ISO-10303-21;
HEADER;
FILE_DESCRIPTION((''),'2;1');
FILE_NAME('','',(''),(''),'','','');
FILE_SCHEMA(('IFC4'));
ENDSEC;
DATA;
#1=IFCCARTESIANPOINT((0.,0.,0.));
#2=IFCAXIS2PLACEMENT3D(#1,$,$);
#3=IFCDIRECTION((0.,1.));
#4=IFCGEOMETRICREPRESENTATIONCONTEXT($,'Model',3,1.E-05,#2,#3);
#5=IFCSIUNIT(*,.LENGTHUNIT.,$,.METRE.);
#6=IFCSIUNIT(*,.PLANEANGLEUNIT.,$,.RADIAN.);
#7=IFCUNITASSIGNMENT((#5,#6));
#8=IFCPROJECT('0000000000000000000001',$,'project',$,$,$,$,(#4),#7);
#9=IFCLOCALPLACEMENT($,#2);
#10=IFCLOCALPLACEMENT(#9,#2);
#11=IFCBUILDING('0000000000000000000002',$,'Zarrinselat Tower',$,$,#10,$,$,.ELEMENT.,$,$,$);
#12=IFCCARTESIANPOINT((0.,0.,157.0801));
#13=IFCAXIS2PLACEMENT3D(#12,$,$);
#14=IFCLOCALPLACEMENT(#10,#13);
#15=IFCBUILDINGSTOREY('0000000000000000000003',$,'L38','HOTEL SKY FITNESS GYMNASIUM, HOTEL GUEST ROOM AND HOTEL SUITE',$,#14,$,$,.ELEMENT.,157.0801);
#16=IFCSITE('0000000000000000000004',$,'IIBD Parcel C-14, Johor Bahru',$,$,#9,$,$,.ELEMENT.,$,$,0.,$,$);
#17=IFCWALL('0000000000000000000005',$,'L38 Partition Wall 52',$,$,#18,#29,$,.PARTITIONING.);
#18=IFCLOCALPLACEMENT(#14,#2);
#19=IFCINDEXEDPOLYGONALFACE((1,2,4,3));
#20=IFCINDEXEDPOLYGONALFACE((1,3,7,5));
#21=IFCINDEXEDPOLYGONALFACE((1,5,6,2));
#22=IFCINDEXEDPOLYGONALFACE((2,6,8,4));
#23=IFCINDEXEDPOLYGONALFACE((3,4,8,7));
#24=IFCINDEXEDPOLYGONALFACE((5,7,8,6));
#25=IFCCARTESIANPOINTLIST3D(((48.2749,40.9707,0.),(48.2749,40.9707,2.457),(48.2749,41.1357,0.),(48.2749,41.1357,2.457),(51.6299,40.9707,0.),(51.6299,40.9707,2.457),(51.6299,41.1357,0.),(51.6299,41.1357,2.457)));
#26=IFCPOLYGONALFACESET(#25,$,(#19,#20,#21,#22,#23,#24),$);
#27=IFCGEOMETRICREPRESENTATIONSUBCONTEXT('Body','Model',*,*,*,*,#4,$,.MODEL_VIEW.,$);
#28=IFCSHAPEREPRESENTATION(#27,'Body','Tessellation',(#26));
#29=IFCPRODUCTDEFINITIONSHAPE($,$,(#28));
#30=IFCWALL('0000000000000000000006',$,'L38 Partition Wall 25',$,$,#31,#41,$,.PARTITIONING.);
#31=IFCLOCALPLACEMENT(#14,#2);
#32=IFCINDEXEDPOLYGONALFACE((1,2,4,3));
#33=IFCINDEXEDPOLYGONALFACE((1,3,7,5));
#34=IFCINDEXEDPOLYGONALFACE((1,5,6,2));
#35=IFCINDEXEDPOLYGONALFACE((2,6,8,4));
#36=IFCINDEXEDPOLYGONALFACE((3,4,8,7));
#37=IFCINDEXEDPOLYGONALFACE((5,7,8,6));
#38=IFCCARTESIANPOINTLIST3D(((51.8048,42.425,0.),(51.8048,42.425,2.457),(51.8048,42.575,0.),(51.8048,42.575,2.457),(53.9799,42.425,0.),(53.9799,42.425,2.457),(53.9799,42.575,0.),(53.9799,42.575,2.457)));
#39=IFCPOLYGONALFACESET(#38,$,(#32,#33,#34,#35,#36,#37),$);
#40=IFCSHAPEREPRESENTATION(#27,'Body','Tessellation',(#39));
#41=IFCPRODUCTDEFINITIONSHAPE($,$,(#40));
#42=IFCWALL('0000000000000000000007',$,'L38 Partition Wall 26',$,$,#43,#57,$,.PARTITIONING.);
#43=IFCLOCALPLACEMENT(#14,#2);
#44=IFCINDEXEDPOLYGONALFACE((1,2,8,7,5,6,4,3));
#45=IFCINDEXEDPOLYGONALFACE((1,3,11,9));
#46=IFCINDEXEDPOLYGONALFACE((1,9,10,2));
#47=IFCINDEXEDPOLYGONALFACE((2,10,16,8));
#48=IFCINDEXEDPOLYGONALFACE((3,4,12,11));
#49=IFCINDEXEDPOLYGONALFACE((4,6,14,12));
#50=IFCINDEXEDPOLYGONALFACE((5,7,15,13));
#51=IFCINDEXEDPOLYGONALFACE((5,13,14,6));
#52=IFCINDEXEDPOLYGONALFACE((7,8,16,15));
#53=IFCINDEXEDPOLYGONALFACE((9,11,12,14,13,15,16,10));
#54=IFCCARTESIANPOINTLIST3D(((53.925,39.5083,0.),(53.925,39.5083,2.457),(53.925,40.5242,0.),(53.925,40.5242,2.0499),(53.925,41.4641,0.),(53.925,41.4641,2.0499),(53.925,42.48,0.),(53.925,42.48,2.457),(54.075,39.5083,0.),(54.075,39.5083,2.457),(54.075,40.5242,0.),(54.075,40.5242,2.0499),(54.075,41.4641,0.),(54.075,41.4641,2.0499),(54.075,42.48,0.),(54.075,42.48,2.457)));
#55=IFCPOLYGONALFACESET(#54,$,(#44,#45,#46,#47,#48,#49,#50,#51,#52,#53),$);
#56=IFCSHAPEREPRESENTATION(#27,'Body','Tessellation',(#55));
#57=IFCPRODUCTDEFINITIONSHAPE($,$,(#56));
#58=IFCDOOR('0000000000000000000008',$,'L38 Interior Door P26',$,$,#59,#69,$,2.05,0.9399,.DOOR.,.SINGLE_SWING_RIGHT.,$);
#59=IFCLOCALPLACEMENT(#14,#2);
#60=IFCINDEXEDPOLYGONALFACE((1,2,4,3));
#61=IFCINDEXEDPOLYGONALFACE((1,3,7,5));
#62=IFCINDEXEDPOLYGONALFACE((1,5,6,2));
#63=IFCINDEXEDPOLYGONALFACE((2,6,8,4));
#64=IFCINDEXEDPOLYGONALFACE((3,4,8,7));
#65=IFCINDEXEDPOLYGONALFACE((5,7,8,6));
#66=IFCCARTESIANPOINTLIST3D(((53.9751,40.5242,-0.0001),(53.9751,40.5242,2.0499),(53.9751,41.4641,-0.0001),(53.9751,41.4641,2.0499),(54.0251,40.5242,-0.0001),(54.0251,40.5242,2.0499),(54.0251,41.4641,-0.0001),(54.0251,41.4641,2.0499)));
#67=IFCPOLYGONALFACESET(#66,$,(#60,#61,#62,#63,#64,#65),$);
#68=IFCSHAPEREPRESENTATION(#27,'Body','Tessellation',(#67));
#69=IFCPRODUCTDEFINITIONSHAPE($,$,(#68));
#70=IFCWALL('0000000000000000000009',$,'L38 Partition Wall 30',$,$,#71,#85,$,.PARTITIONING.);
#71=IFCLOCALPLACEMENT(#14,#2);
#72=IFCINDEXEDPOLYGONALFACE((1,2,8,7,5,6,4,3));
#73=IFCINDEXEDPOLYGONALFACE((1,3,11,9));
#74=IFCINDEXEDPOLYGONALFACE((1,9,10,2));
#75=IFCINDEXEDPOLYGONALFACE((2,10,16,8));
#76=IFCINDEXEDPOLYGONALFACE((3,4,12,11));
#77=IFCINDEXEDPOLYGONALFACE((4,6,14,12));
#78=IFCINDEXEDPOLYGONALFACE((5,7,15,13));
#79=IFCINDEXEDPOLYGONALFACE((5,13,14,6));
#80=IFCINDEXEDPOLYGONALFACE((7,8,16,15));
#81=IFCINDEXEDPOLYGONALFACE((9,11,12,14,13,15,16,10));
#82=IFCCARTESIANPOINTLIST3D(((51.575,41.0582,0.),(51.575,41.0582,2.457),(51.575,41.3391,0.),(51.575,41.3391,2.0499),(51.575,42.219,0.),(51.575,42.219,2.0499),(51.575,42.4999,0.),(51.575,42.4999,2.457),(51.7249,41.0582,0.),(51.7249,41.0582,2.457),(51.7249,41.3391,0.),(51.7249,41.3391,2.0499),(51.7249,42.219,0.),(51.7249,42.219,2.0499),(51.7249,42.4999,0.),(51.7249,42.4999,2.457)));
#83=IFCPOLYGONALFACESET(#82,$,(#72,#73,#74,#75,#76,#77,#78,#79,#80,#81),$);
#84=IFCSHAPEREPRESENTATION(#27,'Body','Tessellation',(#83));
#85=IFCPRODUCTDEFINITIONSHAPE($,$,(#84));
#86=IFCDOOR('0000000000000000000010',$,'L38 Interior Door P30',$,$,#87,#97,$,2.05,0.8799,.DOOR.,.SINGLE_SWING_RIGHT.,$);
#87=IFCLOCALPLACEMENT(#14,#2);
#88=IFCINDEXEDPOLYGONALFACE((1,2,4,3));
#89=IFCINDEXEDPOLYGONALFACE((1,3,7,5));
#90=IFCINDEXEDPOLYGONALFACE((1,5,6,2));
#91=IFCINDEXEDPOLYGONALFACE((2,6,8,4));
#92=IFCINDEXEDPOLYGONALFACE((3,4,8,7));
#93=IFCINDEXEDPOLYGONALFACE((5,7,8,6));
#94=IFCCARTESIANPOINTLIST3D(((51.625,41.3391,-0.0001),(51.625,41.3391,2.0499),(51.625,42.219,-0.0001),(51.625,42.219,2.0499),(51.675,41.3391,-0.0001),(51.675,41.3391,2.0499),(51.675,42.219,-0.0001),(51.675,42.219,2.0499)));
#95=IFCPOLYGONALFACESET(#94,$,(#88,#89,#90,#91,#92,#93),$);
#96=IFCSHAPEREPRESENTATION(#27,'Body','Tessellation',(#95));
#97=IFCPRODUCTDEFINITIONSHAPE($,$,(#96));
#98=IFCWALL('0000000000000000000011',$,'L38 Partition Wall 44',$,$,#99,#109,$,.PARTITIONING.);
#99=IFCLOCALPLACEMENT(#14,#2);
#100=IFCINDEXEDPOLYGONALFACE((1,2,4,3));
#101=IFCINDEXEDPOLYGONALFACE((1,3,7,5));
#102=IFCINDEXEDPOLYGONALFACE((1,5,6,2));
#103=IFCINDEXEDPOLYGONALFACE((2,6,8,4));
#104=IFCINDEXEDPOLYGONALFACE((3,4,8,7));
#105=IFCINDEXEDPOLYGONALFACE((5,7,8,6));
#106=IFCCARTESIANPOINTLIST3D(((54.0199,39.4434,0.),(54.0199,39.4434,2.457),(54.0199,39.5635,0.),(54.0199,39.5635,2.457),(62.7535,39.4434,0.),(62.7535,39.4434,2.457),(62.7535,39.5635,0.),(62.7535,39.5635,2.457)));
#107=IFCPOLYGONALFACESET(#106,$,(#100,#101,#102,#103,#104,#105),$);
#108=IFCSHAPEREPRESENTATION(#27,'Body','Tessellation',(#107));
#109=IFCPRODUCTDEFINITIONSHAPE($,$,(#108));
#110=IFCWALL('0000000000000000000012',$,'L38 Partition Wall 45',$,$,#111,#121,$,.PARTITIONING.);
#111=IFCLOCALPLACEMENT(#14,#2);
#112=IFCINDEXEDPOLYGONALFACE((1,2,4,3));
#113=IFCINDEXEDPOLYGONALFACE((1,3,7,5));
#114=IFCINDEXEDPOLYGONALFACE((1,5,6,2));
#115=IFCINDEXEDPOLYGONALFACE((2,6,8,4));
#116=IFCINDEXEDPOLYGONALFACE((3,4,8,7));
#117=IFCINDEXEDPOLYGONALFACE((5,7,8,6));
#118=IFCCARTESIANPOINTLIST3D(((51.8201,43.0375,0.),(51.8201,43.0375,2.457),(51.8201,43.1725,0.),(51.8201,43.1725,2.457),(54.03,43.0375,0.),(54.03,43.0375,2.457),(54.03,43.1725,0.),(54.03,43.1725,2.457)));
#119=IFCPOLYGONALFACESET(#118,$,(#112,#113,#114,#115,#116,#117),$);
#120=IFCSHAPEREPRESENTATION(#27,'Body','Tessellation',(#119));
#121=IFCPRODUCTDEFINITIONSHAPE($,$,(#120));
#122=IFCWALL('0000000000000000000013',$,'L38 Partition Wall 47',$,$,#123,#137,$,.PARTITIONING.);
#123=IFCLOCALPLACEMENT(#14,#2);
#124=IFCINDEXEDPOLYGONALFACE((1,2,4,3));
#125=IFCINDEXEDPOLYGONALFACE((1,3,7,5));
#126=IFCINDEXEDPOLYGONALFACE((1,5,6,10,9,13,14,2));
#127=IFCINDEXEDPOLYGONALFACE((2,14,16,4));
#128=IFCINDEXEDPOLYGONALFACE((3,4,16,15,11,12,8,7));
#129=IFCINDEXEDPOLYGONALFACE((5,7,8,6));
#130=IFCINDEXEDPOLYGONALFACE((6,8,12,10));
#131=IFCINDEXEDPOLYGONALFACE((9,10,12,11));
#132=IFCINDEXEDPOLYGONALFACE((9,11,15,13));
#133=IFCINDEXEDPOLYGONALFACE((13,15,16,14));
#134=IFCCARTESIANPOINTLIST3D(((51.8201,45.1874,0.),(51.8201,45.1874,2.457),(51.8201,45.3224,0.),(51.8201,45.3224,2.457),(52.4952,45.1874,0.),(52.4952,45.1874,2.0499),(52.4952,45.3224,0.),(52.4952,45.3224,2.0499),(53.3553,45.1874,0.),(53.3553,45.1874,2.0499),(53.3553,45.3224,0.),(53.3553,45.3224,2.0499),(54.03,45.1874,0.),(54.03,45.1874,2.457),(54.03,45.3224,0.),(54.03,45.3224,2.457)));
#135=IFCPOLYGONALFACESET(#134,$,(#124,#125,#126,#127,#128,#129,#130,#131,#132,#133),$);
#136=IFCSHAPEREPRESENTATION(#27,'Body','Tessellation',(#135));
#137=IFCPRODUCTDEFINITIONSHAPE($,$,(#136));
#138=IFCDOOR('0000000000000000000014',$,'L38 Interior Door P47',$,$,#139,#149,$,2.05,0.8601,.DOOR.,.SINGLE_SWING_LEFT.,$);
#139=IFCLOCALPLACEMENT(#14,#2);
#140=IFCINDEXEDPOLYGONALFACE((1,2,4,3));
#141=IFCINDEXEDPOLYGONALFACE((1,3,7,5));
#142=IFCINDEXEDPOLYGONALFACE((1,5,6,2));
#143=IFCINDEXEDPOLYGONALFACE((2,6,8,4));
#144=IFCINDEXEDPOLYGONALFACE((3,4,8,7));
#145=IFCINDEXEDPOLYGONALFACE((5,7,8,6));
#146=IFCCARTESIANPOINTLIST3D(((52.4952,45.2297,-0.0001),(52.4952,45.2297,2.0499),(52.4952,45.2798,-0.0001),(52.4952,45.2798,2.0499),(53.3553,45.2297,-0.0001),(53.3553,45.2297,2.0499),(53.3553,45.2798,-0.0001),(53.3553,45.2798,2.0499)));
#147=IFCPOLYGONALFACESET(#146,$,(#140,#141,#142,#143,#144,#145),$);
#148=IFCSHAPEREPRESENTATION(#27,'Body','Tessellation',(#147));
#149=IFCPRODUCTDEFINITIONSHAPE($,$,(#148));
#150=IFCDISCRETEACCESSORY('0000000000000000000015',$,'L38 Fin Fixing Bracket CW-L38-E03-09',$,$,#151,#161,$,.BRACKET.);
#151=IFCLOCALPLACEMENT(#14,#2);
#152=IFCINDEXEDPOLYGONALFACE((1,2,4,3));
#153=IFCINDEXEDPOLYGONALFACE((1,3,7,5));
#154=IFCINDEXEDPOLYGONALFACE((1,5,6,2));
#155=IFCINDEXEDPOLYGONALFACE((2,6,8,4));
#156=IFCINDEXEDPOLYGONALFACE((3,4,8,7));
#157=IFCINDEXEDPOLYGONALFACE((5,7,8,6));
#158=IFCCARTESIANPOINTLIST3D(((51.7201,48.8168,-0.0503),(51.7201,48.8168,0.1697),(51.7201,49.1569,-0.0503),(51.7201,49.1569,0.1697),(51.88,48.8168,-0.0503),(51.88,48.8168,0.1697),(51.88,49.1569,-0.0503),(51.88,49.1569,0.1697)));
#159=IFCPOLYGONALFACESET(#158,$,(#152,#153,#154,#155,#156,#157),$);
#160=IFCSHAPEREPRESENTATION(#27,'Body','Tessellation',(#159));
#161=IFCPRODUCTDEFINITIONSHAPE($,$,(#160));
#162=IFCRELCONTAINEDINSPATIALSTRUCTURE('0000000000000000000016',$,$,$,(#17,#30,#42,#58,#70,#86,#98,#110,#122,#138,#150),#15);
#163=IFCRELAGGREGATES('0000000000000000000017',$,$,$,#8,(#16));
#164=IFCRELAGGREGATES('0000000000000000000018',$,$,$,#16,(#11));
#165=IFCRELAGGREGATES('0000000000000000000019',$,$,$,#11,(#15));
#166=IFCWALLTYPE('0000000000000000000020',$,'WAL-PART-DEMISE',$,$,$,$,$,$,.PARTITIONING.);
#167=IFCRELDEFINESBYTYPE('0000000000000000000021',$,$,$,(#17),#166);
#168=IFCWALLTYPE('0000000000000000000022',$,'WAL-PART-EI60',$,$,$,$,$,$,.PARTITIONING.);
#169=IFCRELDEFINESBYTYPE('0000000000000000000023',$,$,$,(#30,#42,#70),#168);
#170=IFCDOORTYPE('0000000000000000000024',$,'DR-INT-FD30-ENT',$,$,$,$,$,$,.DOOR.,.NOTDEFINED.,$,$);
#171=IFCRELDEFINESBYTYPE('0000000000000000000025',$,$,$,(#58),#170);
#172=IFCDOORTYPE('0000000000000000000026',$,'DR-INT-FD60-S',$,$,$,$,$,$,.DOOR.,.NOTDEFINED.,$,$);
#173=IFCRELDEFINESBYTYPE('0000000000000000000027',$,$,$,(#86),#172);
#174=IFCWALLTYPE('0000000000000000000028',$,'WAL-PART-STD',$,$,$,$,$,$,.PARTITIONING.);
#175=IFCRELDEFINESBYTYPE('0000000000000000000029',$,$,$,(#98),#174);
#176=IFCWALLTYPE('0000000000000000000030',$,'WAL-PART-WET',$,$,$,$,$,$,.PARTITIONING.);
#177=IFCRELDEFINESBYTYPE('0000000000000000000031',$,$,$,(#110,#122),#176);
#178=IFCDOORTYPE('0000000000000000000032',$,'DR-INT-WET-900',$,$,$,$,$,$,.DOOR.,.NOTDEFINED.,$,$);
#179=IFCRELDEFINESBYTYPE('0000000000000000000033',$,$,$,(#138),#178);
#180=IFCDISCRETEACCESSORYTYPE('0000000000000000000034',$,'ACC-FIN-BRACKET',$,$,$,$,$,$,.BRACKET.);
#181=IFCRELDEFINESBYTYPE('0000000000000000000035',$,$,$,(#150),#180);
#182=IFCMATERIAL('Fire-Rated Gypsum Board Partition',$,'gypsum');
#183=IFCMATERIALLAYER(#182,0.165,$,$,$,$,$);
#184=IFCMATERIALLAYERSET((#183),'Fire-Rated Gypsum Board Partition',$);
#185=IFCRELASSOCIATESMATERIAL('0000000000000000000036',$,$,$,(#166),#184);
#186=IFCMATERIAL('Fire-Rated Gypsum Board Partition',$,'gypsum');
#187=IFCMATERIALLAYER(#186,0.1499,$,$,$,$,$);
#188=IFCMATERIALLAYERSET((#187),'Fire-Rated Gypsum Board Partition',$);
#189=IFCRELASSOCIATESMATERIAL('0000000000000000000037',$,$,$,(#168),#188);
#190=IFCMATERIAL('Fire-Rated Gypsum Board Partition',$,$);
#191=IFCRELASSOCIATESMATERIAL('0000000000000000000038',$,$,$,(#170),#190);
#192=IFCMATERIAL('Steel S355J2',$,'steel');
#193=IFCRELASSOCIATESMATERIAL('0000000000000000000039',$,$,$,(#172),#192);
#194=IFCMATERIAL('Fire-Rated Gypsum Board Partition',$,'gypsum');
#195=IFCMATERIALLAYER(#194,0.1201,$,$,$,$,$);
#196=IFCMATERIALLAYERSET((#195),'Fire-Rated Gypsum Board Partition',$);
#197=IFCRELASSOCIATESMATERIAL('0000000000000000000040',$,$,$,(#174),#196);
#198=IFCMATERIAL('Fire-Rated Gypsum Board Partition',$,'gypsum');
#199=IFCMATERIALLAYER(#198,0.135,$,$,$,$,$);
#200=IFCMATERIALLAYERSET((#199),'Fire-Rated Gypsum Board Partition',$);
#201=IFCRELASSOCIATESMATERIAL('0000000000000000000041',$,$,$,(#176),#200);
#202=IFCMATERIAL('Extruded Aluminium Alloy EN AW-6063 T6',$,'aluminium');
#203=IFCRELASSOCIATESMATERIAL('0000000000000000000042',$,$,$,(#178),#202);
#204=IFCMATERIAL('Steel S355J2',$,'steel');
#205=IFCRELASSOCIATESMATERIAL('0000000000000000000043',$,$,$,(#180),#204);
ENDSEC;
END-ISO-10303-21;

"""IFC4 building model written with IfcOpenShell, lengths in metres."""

from ifc_helpers import new_model, si_unit, direction, frame, frame_2d, origin, origin_2d, place, context, subcontext, project, spatial, rectangle, extrude, material, layer, layer_set, type_object, element, fill, save


model = new_model("IFC4")

# Units and contexts
model_context = context("Model", 3, precision=1e-05, world=origin(), true_north=direction((0.0, 1.0)))
body_context = subcontext(model_context, "Body", "Model", "MODEL_VIEW")
ifc_project = project(units=[si_unit("LENGTHUNIT", "METRE"), si_unit("PLANEANGLEUNIT", "RADIAN")], contexts=[model_context])

# Site, building, storey
site_placement = place(None, origin())
site = spatial("IfcSite", under=ifc_project, at=site_placement, Name="IIBD Parcel C-14, Johor Bahru", CompositionType="ELEMENT", RefElevation=0.0)
building_placement = place(site_placement, origin())
building = spatial("IfcBuilding", under=site, at=building_placement, Name="Zarrinselat Tower", CompositionType="ELEMENT")
storey_placement = place(building_placement, frame((0.0, 0.0, 157.0801)))
storey = spatial("IfcBuildingStorey", under=building, at=storey_placement, Name="L38", Description="HOTEL SKY FITNESS GYMNASIUM, HOTEL GUEST ROOM AND HOTEL SUITE", CompositionType="ELEMENT", Elevation=157.0801)

# Walls
ifc_material_1 = material(Name="Fire-Rated Gypsum Board Partition", Category="gypsum")
ifc_layer_1 = layer(ifc_material_1, 0.165)
ifc_layer_set_1 = layer_set([ifc_layer_1], Name="Fire-Rated Gypsum Board Partition")
wall_type_1 = type_object("IfcWallType", Name="WAL-PART-DEMISE", PredefinedType="PARTITIONING", material=ifc_layer_set_1)
wall_1_placement = place(storey_placement, frame((48.2749, 41.0532, 0.0), z_axis=(0.0, 0.0, 1.0), x_axis=(1.0, 0.0, 0.0)))
element("IfcWall", 1, at=wall_1_placement, inside=storey, type_object=wall_type_1, Name="L38 Partition Wall 52", PredefinedType="PARTITIONING", context=body_context, shape_type="SweptSolid", body=[
    extrude(rectangle(XDim=3.355, YDim=0.165, at=frame_2d((1.6775, 0.0))), origin(), (0.0, 0.0, 1.0), 2.457),
])
ifc_material_2 = material(Name="Fire-Rated Gypsum Board Partition", Category="gypsum")
ifc_layer_2 = layer(ifc_material_2, 0.1499)
ifc_layer_set_2 = layer_set([ifc_layer_2], Name="Fire-Rated Gypsum Board Partition")
wall_type_2 = type_object("IfcWallType", Name="WAL-PART-EI60", PredefinedType="PARTITIONING", material=ifc_layer_set_2)
wall_2_placement = place(storey_placement, frame((51.8049, 42.5, 0.0), z_axis=(0.0, 0.0, 1.0), x_axis=(1.0, 0.0, 0.0)))
element("IfcWall", 2, at=wall_2_placement, inside=storey, type_object=wall_type_2, Name="L38 Partition Wall 25", PredefinedType="PARTITIONING", context=body_context, shape_type="SweptSolid", body=[
    extrude(rectangle(XDim=2.175, YDim=0.1499, at=frame_2d((1.0874, 0.0))), origin(), (0.0, 0.0, 1.0), 2.457),
])

# Walls, openings, doors
wall_3_placement = place(storey_placement, frame((54.0, 39.5083, 0.0), z_axis=(0.0, 0.0, 1.0), x_axis=(0.0, 1.0, 0.0)))
wall_3 = element("IfcWall", 3, at=wall_3_placement, inside=storey, type_object=wall_type_2, Name="L38 Partition Wall 26", PredefinedType="PARTITIONING", context=body_context, shape_type="SweptSolid", body=[
    extrude(rectangle(XDim=2.9717, YDim=0.1499, at=frame_2d((1.4858, 0.0))), origin(), (0.0, 0.0, 1.0), 2.457),
])
opening_1_placement = place(wall_3_placement, frame((1.0159, 0.0, 0.0)))
opening_1 = element("IfcOpeningElement", 4, at=opening_1_placement, cuts=wall_3, PredefinedType="OPENING", context=body_context, shape_type="SweptSolid", body=[
    extrude(rectangle(XDim=0.9399, YDim=2.05, at=frame_2d((0.47, 1.0249))), frame((0.0, 0.085, 0.0), z_axis=(0.0, -1.0, 0.0), x_axis=(1.0, 0.0, 0.0)), (0.0, 0.0, 1.0), 0.1699),
])
ifc_material_3 = material(Name="Fire-Rated Gypsum Board Partition")
door_type_1 = type_object("IfcDoorType", Name="DR-INT-FD30-ENT", OperationType="NOTDEFINED", PredefinedType="DOOR", material=ifc_material_3)
door_1_placement = place(opening_1_placement, origin())
door_1 = element("IfcDoor", 5, at=door_1_placement, inside=storey, type_object=door_type_1, Name="L38 Interior Door P26", OperationType="SINGLE_SWING_RIGHT", OverallHeight=2.05, OverallWidth=0.9399, PredefinedType="DOOR", context=body_context, shape_type="SweptSolid", body=[
    extrude(rectangle(XDim=0.9399, YDim=2.05, at=frame_2d((0.47, 1.0249))), frame((0.0, 0.0249, 0.0), z_axis=(0.0, -1.0, 0.0), x_axis=(1.0, 0.0, 0.0)), (0.0, 0.0, 1.0), 0.05),
])
fill(opening_1, door_1)
wall_4_placement = place(storey_placement, frame((51.6499, 41.0583, 0.0), z_axis=(0.0, 0.0, 1.0), x_axis=(0.0, 1.0, 0.0)))
wall_4 = element("IfcWall", 6, at=wall_4_placement, inside=storey, type_object=wall_type_2, Name="L38 Partition Wall 30", PredefinedType="PARTITIONING", context=body_context, shape_type="SweptSolid", body=[
    extrude(rectangle(XDim=1.4417, YDim=0.1499, at=frame_2d((0.7207, 0.0))), origin(), (0.0, 0.0, 1.0), 2.457),
])
opening_2_placement = place(wall_4_placement, frame((0.2808, 0.0, 0.0)))
opening_2 = element("IfcOpeningElement", 7, at=opening_2_placement, cuts=wall_4, PredefinedType="OPENING", context=body_context, shape_type="SweptSolid", body=[
    extrude(rectangle(XDim=0.8799, YDim=2.05, at=frame_2d((0.4399, 1.0249))), frame((0.0, 0.085, 0.0), z_axis=(0.0, -1.0, 0.0), x_axis=(1.0, 0.0, 0.0)), (0.0, 0.0, 1.0), 0.1699),
])
ifc_material_4 = material(Name="Steel S355J2", Category="steel")
door_type_2 = type_object("IfcDoorType", Name="DR-INT-FD60-S", OperationType="NOTDEFINED", PredefinedType="DOOR", material=ifc_material_4)
door_2_placement = place(opening_2_placement, origin())
door_2 = element("IfcDoor", 8, at=door_2_placement, inside=storey, type_object=door_type_2, Name="L38 Interior Door P30", OperationType="SINGLE_SWING_RIGHT", OverallHeight=2.05, OverallWidth=0.8799, PredefinedType="DOOR", context=body_context, shape_type="SweptSolid", body=[
    extrude(rectangle(XDim=0.8799, YDim=2.05, at=frame_2d((0.4399, 1.0249))), frame((0.0, 0.0249, 0.0), z_axis=(0.0, -1.0, 0.0), x_axis=(1.0, 0.0, 0.0)), (0.0, 0.0, 1.0), 0.05),
])
fill(opening_2, door_2)

# Walls
ifc_material_5 = material(Name="Fire-Rated Gypsum Board Partition", Category="gypsum")
ifc_layer_3 = layer(ifc_material_5, 0.1201)
ifc_layer_set_3 = layer_set([ifc_layer_3], Name="Fire-Rated Gypsum Board Partition")
wall_type_3 = type_object("IfcWallType", Name="WAL-PART-STD", PredefinedType="PARTITIONING", material=ifc_layer_set_3)
wall_5_placement = place(storey_placement, frame((54.02, 39.5034, 0.0), z_axis=(0.0, 0.0, 1.0), x_axis=(1.0, 0.0, 0.0)))
element("IfcWall", 9, at=wall_5_placement, inside=storey, type_object=wall_type_3, Name="L38 Partition Wall 44", PredefinedType="PARTITIONING", context=body_context, shape_type="SweptSolid", body=[
    extrude(rectangle(XDim=8.7336, YDim=0.1201, at=frame_2d((4.3667, 0.0))), origin(), (0.0, 0.0, 1.0), 2.457),
])
ifc_material_6 = material(Name="Fire-Rated Gypsum Board Partition", Category="gypsum")
ifc_layer_4 = layer(ifc_material_6, 0.135)
ifc_layer_set_4 = layer_set([ifc_layer_4], Name="Fire-Rated Gypsum Board Partition")
wall_type_4 = type_object("IfcWallType", Name="WAL-PART-WET", PredefinedType="PARTITIONING", material=ifc_layer_set_4)
wall_6_placement = place(storey_placement, frame((51.8201, 43.105, 0.0), z_axis=(0.0, 0.0, 1.0), x_axis=(1.0, 0.0, 0.0)))
element("IfcWall", 10, at=wall_6_placement, inside=storey, type_object=wall_type_4, Name="L38 Partition Wall 45", PredefinedType="PARTITIONING", context=body_context, shape_type="SweptSolid", body=[
    extrude(rectangle(XDim=2.21, YDim=0.135, at=frame_2d((1.105, 0.0))), origin(), (0.0, 0.0, 1.0), 2.457),
])

# Wall, opening, door
wall_7_placement = place(storey_placement, frame((51.8201, 45.2549, 0.0), z_axis=(0.0, 0.0, 1.0), x_axis=(1.0, 0.0, 0.0)))
wall_7 = element("IfcWall", 11, at=wall_7_placement, inside=storey, type_object=wall_type_4, Name="L38 Partition Wall 47", PredefinedType="PARTITIONING", context=body_context, shape_type="SweptSolid", body=[
    extrude(rectangle(XDim=2.21, YDim=0.135, at=frame_2d((1.105, 0.0))), origin(), (0.0, 0.0, 1.0), 2.457),
])
opening_3_placement = place(wall_7_placement, frame((0.675, 0.0, 0.0)))
opening_3 = element("IfcOpeningElement", 12, at=opening_3_placement, cuts=wall_7, PredefinedType="OPENING", context=body_context, shape_type="SweptSolid", body=[
    extrude(rectangle(XDim=0.8601, YDim=2.05, at=frame_2d((0.4302, 1.0249))), frame((0.0, 0.0774, 0.0), z_axis=(0.0, -1.0, 0.0), x_axis=(1.0, 0.0, 0.0)), (0.0, 0.0, 1.0), 0.155),
])
ifc_material_7 = material(Name="Extruded Aluminium Alloy EN AW-6063 T6", Category="aluminium")
door_type_3 = type_object("IfcDoorType", Name="DR-INT-WET-900", OperationType="NOTDEFINED", PredefinedType="DOOR", material=ifc_material_7)
door_3_placement = place(opening_3_placement, origin())
door_3 = element("IfcDoor", 13, at=door_3_placement, inside=storey, type_object=door_type_3, Name="L38 Interior Door P47", OperationType="SINGLE_SWING_LEFT", OverallHeight=2.05, OverallWidth=0.8601, PredefinedType="DOOR", context=body_context, shape_type="SweptSolid", body=[
    extrude(rectangle(XDim=0.8601, YDim=2.05, at=frame_2d((0.4302, 1.0249))), frame((0.0, 0.0249, 0.0), z_axis=(0.0, -1.0, 0.0), x_axis=(1.0, 0.0, 0.0)), (0.0, 0.0, 1.0), 0.05),
])
fill(opening_3, door_3)

# Discrete accessory
ifc_material_8 = material(Name="Steel S355J2", Category="steel")
discrete_accessory_type = type_object("IfcDiscreteAccessoryType", Name="ACC-FIN-BRACKET", PredefinedType="BRACKET", material=ifc_material_8)
discrete_accessory_placement = place(storey_placement, frame((51.8, 48.9868, -0.0503), z_axis=(0.0, 0.0, 1.0), x_axis=(0.0, 1.0, 0.0)))
element("IfcDiscreteAccessory", 14, at=discrete_accessory_placement, inside=storey, type_object=discrete_accessory_type, Name="L38 Fin Fixing Bracket CW-L38-E03-09", PredefinedType="BRACKET", context=body_context, shape_type="SweptSolid", body=[
    extrude(rectangle(XDim=0.3401, YDim=0.1599, at=origin_2d()), origin(), (0.0, 0.0, 1.0), 0.22),
])

save(model, "model.ifc")
